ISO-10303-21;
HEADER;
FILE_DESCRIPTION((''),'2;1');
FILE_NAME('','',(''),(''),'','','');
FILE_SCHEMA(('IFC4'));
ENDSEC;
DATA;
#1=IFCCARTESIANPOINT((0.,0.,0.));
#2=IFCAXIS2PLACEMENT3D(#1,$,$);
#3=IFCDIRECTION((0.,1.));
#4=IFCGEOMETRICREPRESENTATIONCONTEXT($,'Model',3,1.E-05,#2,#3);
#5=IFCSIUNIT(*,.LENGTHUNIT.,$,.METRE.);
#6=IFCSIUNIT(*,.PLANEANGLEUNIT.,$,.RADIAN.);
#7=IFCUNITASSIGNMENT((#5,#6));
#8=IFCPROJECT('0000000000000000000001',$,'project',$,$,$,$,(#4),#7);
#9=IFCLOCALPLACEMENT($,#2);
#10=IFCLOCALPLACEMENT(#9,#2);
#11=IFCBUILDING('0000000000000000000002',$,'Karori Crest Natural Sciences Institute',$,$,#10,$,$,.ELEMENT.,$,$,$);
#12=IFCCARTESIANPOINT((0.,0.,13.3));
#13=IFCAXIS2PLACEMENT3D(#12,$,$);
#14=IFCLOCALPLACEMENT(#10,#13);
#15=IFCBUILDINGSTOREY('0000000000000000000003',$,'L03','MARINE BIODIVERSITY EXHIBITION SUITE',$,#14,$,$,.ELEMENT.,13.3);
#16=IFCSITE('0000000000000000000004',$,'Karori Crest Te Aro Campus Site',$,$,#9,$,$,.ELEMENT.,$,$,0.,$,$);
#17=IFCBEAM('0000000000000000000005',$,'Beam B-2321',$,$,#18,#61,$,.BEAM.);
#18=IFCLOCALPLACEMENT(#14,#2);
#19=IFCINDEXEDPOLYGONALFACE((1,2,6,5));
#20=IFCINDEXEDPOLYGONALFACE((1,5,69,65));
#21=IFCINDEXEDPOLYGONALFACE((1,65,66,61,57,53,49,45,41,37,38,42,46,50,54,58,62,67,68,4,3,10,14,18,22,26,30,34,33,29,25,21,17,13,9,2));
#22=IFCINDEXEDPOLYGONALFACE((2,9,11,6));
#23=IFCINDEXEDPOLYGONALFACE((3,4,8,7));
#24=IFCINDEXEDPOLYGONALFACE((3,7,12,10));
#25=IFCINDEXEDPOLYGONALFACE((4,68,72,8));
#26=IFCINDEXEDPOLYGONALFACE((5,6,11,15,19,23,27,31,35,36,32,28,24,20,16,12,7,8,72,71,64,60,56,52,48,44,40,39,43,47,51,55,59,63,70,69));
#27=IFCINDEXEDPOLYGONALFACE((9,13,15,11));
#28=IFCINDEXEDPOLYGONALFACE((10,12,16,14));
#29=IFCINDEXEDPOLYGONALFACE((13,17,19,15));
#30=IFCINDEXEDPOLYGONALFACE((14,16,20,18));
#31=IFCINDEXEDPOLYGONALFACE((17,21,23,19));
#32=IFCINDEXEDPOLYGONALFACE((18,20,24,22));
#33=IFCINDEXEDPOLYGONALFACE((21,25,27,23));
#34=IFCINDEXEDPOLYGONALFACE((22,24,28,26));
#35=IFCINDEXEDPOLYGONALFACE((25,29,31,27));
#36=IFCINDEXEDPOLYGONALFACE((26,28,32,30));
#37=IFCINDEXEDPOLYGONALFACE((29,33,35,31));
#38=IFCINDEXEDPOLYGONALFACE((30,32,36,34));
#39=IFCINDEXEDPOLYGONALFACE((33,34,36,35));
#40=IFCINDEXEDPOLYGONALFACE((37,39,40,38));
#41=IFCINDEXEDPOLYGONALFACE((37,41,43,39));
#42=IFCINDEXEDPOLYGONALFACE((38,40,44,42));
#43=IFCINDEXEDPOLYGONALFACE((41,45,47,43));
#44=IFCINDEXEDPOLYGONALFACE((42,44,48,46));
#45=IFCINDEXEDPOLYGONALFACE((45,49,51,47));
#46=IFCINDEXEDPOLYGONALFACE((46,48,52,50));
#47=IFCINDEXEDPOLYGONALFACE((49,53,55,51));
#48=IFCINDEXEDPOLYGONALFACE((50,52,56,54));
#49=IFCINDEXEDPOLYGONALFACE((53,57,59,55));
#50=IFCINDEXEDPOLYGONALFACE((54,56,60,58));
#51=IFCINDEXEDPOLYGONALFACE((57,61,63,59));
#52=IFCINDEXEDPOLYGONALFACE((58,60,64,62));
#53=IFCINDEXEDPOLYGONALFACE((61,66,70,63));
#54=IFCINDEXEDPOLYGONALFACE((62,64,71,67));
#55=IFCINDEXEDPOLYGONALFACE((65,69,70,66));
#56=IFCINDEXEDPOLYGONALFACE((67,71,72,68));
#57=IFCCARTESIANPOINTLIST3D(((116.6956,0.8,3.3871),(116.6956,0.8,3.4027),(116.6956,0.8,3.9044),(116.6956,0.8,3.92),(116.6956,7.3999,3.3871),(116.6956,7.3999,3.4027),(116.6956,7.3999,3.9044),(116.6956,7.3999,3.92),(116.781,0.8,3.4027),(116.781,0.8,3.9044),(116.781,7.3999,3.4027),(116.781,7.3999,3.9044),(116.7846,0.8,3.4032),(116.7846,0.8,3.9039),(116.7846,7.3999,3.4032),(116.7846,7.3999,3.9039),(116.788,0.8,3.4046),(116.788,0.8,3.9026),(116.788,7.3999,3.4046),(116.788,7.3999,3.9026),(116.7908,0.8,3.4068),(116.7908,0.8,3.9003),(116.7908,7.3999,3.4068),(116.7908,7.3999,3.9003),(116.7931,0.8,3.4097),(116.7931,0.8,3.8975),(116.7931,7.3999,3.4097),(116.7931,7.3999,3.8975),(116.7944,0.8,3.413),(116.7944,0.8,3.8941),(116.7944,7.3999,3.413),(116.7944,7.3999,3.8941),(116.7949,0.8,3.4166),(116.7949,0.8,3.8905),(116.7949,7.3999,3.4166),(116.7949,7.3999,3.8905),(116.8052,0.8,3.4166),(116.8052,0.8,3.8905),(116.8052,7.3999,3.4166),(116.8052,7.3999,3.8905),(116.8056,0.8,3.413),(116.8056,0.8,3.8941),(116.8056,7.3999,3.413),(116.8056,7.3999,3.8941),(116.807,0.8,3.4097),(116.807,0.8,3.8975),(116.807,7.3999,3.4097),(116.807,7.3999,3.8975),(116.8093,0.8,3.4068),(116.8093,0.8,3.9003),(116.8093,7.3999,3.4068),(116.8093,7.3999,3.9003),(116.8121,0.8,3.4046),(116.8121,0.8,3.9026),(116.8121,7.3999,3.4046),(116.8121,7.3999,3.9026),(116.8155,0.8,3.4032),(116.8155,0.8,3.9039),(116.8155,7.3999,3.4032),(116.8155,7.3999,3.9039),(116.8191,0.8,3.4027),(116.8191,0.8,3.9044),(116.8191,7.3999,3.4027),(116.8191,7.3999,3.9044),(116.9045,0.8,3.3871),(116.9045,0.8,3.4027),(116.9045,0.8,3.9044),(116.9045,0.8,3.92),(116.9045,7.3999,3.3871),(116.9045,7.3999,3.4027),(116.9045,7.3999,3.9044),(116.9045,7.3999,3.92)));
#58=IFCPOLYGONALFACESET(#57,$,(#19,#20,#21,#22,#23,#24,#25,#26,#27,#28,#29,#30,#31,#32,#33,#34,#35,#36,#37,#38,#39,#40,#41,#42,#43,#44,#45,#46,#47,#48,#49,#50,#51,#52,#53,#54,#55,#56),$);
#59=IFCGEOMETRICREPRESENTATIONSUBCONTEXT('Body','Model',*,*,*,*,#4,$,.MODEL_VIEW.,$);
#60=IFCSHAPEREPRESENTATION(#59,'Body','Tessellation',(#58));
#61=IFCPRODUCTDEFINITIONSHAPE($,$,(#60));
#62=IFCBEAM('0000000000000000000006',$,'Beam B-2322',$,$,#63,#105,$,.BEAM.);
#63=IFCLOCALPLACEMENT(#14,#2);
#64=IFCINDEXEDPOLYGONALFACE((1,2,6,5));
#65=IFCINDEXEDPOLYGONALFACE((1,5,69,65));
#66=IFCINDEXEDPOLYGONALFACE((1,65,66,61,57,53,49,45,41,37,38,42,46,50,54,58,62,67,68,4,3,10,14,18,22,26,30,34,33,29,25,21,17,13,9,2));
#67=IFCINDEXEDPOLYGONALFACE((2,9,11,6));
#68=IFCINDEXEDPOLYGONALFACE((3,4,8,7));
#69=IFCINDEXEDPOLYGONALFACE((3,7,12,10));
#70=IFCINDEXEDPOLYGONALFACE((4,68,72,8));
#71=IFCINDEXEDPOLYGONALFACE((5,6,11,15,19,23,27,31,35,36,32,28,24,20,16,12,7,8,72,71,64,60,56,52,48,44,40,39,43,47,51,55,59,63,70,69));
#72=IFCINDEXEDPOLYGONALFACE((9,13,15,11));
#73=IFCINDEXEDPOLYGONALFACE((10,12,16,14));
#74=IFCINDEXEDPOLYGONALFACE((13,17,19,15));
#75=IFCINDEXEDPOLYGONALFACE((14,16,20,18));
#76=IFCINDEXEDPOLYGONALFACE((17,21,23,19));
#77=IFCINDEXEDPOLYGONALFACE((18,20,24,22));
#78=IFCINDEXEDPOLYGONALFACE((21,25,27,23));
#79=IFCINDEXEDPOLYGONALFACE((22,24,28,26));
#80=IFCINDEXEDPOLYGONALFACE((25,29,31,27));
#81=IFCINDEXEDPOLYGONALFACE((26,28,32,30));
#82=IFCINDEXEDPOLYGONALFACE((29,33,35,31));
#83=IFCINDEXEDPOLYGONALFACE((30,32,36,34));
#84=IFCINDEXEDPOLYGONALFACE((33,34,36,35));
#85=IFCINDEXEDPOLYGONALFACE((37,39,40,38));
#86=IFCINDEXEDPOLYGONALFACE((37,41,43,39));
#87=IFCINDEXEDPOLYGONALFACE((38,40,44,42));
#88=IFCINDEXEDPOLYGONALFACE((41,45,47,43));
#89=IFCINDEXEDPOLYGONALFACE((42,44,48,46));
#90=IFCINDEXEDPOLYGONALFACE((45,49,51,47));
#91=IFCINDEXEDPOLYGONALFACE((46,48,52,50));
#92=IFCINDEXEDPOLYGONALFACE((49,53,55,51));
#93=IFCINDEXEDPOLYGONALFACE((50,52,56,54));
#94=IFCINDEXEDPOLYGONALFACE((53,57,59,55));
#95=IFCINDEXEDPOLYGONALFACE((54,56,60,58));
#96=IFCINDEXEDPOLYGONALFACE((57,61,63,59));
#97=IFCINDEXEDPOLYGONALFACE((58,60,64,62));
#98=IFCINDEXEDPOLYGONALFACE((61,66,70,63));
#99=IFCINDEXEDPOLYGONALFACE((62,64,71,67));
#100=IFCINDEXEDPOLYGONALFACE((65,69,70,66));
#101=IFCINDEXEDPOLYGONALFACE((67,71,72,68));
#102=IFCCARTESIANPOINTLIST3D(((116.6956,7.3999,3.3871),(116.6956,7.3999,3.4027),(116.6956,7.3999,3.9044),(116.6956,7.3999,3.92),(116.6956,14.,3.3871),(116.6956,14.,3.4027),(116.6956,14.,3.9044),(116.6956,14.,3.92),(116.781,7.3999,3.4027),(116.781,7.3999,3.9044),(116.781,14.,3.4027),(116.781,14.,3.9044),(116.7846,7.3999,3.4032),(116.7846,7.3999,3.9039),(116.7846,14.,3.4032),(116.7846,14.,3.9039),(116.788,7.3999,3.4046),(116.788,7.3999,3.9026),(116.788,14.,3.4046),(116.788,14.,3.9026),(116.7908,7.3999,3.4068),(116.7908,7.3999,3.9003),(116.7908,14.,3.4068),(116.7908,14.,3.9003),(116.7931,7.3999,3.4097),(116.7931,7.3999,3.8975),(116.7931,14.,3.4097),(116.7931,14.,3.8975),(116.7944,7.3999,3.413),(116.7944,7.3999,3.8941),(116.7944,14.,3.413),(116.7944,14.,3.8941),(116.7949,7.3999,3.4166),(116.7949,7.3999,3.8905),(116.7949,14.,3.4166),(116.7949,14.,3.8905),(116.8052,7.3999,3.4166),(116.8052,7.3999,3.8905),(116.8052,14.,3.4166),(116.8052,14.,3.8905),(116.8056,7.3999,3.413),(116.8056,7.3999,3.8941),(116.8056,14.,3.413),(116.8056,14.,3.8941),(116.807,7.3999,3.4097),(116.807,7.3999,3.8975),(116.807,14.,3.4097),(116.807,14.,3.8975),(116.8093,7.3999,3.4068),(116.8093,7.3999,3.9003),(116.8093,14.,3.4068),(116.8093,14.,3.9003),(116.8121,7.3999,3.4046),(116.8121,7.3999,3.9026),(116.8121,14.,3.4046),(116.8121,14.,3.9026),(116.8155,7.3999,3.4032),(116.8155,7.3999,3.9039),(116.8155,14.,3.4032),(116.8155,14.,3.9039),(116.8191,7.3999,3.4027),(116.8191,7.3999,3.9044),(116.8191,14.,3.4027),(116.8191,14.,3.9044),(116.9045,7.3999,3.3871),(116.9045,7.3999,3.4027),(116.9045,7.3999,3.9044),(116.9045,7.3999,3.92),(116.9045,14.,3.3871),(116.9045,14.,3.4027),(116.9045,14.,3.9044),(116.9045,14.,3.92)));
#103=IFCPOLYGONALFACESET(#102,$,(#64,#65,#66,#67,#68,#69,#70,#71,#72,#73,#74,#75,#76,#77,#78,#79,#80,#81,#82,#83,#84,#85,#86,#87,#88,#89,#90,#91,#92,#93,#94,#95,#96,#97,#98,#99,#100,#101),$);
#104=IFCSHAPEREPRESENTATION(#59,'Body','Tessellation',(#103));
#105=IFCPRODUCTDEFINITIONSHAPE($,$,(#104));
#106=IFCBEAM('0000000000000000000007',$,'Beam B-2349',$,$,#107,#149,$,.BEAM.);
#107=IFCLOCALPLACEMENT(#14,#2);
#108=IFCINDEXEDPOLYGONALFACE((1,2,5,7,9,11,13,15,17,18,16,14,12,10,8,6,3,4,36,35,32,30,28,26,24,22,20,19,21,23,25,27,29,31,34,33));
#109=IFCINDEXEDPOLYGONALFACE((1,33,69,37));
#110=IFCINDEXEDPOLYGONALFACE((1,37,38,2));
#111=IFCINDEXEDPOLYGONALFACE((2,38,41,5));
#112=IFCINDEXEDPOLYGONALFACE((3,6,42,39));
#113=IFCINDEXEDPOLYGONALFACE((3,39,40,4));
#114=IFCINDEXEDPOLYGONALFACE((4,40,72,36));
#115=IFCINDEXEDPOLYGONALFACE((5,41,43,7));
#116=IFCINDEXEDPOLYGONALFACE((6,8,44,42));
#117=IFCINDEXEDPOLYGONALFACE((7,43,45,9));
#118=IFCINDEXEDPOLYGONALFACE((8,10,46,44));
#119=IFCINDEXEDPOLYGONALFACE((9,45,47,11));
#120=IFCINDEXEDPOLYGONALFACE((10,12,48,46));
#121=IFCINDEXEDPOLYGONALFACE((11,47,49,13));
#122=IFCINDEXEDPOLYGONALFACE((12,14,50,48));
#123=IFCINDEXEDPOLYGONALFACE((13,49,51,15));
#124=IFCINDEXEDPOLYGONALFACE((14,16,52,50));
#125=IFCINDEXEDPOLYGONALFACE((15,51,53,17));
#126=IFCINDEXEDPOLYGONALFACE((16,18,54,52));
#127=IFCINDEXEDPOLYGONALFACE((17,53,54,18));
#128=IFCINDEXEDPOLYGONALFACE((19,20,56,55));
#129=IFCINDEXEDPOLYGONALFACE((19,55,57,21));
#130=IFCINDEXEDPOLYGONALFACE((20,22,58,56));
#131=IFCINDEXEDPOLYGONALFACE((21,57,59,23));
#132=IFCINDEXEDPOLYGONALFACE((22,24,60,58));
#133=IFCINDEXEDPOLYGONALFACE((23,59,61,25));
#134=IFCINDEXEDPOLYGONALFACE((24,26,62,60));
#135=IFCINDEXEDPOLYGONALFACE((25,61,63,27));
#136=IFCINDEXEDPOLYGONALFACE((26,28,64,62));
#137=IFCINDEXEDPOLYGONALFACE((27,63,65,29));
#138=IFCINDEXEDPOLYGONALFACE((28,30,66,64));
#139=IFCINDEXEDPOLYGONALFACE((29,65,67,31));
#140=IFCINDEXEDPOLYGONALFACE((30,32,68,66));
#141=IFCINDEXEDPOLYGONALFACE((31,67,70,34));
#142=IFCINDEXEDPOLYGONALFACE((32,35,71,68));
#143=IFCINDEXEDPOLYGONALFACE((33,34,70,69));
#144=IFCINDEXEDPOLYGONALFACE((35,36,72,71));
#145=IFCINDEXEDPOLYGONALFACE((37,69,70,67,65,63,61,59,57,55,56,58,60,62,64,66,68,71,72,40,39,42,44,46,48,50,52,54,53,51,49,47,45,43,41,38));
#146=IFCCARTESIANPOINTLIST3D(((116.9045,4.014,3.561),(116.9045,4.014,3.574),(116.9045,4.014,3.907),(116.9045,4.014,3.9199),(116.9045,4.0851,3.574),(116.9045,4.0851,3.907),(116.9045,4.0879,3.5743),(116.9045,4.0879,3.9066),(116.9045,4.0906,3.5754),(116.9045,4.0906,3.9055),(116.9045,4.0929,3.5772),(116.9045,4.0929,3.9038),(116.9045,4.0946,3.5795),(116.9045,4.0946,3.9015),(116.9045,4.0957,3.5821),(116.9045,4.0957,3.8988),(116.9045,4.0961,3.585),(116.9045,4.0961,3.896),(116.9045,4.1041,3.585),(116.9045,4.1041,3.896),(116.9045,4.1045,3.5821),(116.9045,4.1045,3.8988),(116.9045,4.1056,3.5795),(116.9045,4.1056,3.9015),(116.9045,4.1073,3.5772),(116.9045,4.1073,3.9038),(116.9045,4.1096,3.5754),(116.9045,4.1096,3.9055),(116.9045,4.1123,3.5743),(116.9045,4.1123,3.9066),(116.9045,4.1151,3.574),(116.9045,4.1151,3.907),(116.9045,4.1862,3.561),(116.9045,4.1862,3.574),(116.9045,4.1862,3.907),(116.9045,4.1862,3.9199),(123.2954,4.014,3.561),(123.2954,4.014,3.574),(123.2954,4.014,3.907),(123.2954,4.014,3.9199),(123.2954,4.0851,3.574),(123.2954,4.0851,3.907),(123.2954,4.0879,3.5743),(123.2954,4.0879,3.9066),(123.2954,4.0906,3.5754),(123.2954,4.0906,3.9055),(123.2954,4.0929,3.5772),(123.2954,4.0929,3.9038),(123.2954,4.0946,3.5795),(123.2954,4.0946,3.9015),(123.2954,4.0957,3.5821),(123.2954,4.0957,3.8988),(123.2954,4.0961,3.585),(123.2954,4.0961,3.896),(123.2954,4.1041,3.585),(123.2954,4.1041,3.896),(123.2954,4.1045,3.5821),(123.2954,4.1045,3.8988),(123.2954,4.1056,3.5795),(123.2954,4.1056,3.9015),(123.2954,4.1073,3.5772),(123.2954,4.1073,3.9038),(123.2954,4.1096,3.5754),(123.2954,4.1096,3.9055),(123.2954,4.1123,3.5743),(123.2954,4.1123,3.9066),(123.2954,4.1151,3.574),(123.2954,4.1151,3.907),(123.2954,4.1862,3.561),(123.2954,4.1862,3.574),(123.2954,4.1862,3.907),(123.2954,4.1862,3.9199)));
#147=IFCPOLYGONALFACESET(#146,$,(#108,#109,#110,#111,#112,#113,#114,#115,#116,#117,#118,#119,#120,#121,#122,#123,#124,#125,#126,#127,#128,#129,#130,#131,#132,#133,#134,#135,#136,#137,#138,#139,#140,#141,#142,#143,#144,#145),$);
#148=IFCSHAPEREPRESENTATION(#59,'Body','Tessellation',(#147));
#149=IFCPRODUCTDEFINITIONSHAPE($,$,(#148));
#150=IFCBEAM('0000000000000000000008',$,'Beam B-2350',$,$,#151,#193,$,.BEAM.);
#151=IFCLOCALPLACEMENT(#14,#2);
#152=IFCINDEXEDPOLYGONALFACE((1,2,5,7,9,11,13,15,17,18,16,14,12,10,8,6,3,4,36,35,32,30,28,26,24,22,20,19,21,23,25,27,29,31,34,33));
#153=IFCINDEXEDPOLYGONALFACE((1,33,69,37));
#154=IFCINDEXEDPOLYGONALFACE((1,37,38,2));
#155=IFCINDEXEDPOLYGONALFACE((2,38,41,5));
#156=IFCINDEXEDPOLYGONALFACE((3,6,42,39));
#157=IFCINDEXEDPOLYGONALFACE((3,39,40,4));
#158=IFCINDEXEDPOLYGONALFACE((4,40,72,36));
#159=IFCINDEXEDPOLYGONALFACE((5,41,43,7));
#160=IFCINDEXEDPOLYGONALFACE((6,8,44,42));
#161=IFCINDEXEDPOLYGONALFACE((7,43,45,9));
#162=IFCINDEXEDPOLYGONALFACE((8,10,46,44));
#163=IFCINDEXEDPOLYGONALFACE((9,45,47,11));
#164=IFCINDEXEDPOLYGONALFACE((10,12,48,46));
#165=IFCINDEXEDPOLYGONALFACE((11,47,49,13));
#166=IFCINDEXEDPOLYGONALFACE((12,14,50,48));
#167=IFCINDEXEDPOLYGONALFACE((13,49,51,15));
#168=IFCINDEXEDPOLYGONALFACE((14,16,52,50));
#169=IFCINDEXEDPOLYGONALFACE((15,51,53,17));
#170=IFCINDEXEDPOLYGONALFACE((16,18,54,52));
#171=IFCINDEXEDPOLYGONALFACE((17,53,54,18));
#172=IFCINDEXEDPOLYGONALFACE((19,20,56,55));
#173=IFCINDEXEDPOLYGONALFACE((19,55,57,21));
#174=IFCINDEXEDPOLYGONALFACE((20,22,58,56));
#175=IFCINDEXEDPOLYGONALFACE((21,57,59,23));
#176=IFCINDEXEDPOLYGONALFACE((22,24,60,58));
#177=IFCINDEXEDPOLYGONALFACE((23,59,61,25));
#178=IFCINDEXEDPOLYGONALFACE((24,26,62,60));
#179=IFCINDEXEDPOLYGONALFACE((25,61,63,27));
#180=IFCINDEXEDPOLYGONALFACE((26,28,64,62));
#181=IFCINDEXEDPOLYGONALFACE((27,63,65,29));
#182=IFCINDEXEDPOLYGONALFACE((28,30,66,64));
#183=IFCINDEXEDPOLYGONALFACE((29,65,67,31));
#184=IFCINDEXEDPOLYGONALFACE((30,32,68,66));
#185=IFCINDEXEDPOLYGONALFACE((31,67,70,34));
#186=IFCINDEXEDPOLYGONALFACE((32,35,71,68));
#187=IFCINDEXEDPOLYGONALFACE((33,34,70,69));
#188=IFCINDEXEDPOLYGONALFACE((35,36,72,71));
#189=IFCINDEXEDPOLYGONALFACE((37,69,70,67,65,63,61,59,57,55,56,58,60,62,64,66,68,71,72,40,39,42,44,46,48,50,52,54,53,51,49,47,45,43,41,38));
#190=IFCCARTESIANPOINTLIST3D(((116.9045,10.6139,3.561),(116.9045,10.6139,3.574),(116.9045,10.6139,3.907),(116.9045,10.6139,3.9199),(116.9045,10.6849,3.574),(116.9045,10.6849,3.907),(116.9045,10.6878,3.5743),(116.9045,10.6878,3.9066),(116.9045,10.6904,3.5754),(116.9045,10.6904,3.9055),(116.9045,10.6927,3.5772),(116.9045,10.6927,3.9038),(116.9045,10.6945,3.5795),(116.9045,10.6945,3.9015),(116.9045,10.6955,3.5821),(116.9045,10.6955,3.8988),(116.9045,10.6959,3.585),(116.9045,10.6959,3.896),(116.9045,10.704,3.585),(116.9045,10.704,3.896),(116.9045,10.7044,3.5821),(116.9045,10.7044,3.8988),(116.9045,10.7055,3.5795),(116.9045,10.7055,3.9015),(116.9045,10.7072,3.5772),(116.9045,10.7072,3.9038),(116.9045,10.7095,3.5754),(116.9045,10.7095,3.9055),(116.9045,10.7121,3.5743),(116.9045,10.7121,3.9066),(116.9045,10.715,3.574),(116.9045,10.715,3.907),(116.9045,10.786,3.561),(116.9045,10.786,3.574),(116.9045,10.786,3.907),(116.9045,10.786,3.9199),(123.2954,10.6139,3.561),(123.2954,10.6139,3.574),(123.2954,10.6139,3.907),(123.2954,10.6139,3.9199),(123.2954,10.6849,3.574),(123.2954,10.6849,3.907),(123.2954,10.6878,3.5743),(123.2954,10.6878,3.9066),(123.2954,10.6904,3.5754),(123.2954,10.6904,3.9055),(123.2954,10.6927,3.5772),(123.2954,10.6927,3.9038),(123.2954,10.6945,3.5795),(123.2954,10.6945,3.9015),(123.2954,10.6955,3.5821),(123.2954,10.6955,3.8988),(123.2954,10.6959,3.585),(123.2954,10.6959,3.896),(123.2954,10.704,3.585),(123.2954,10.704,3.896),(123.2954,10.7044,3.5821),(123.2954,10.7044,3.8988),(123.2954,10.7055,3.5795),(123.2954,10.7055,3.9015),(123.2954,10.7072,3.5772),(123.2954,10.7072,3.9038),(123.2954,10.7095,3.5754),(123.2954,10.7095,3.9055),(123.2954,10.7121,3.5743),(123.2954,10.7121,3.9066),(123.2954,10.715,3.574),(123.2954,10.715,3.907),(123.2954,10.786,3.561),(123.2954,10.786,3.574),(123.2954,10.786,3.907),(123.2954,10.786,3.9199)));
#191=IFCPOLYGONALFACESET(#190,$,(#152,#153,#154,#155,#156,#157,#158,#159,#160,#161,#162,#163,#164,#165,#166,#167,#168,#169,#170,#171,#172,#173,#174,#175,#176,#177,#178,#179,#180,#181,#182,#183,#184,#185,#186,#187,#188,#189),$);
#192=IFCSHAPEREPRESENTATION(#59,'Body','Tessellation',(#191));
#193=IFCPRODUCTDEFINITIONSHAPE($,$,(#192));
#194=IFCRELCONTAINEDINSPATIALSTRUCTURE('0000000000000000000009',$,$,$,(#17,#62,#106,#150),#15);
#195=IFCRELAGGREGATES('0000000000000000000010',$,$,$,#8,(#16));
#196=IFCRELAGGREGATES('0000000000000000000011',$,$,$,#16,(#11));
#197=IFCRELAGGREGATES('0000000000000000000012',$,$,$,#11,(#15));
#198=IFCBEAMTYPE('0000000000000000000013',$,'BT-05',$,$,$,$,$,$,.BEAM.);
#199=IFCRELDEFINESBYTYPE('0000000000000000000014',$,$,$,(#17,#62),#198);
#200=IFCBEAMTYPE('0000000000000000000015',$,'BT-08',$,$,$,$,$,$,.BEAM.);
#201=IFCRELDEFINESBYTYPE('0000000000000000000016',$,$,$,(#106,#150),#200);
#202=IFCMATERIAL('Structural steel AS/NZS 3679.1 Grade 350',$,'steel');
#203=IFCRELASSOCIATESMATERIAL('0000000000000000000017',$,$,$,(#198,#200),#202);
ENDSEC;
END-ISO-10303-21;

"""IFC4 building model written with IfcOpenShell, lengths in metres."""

from ifc_helpers import new_model, si_unit, direction, frame, origin, origin_2d, place, context, subcontext, project, spatial, i_section, extrude, material, material_profile, profile_set, type_object, element, save


model = new_model("IFC4")

# Units and contexts
model_context = context("Model", 3, precision=1e-05, world=origin(), true_north=direction((0.0, 1.0)))
body_context = subcontext(model_context, "Body", "Model", "MODEL_VIEW")
ifc_project = project(units=[si_unit("LENGTHUNIT", "METRE"), si_unit("PLANEANGLEUNIT", "RADIAN")], contexts=[model_context])

# Site, building, storey
site_placement = place(None, origin())
site = spatial("IfcSite", under=ifc_project, at=site_placement, Name="Karori Crest Te Aro Campus Site", CompositionType="ELEMENT", RefElevation=0.0)
building_placement = place(site_placement, origin())
building = spatial("IfcBuilding", under=site, at=building_placement, Name="Karori Crest Natural Sciences Institute", CompositionType="ELEMENT")
storey_placement = place(building_placement, frame((0.0, 0.0, 13.3)))
storey = spatial("IfcBuildingStorey", under=building, at=storey_placement, Name="L03", Description="MARINE BIODIVERSITY EXHIBITION SUITE", CompositionType="ELEMENT", Elevation=13.3)

# Shared definitions
ifc_material_1 = material(Name="Structural steel AS/NZS 3679.1 Grade 350", Category="steel")

# Beams
ifc_material_profile_1 = material_profile(ifc_material_1, i_section(OverallWidth=0.209, OverallDepth=0.533, WebThickness=0.0103, FlangeThickness=0.0156, FilletRadius=0.0139, at=origin_2d()), Name="530UB92.4")
ifc_profile_set_1 = profile_set([ifc_material_profile_1], Name="Structural steel AS/NZS 3679.1 Grade 350")
beam_type_1 = type_object("IfcBeamType", Name="BT-05", PredefinedType="BEAM", material=ifc_profile_set_1)
beam_1_placement = place(storey_placement, frame((116.8, 0.8, 3.6536), z_axis=(0.0, 1.0, 0.0), x_axis=(-1.0, 0.0, 0.0)))
element("IfcBeam", 1, at=beam_1_placement, inside=storey, type_object=beam_type_1, Name="Beam B-2321", PredefinedType="BEAM", context=body_context, shape_type="SweptSolid", body=[
    extrude(i_section(OverallWidth=0.209, OverallDepth=0.533, WebThickness=0.0103, FlangeThickness=0.0156, FilletRadius=0.0139, at=origin_2d()), origin(), (0.0, 0.0, 1.0), 6.5999),
])
beam_2_placement = place(storey_placement, frame((116.8, 7.3999, 3.6536), z_axis=(0.0, 1.0, 0.0), x_axis=(-1.0, 0.0, 0.0)))
element("IfcBeam", 2, at=beam_2_placement, inside=storey, type_object=beam_type_1, Name="Beam B-2322", PredefinedType="BEAM", context=body_context, shape_type="SweptSolid", body=[
    extrude(i_section(OverallWidth=0.209, OverallDepth=0.533, WebThickness=0.0103, FlangeThickness=0.0156, FilletRadius=0.0139, at=origin_2d()), origin(), (0.0, 0.0, 1.0), 6.6001),
])
ifc_material_profile_2 = material_profile(ifc_material_1, i_section(OverallWidth=0.1721, OverallDepth=0.3589, WebThickness=0.0081, FlangeThickness=0.0129, FilletRadius=0.011, at=origin_2d()), Name="360UB56.7")
ifc_profile_set_2 = profile_set([ifc_material_profile_2], Name="Structural steel AS/NZS 3679.1 Grade 350")
beam_type_2 = type_object("IfcBeamType", Name="BT-08", PredefinedType="BEAM", material=ifc_profile_set_2)
for number, where, z_axis, x_axis, name in (
    (3, (116.9045, 4.1001, 3.7405), (1.0, 0.0, 0.0), (0.0, 1.0, 0.0), "Beam B-2349"),
    (4, (116.9045, 10.7, 3.7405), (1.0, 0.0, 0.0), (0.0, 1.0, 0.0), "Beam B-2350"),
):
    element("IfcBeam", number, at=place(storey_placement, frame(where, z_axis=z_axis, x_axis=x_axis)), inside=storey, type_object=beam_type_2, Name=name, PredefinedType="BEAM", context=body_context, shape_type="SweptSolid", body=[
        extrude(i_section(OverallWidth=0.1721, OverallDepth=0.3589, WebThickness=0.0081, FlangeThickness=0.0129, FilletRadius=0.011, at=origin_2d()), origin(), (0.0, 0.0, 1.0), 6.3909),
    ])

save(model, "model.ifc")
